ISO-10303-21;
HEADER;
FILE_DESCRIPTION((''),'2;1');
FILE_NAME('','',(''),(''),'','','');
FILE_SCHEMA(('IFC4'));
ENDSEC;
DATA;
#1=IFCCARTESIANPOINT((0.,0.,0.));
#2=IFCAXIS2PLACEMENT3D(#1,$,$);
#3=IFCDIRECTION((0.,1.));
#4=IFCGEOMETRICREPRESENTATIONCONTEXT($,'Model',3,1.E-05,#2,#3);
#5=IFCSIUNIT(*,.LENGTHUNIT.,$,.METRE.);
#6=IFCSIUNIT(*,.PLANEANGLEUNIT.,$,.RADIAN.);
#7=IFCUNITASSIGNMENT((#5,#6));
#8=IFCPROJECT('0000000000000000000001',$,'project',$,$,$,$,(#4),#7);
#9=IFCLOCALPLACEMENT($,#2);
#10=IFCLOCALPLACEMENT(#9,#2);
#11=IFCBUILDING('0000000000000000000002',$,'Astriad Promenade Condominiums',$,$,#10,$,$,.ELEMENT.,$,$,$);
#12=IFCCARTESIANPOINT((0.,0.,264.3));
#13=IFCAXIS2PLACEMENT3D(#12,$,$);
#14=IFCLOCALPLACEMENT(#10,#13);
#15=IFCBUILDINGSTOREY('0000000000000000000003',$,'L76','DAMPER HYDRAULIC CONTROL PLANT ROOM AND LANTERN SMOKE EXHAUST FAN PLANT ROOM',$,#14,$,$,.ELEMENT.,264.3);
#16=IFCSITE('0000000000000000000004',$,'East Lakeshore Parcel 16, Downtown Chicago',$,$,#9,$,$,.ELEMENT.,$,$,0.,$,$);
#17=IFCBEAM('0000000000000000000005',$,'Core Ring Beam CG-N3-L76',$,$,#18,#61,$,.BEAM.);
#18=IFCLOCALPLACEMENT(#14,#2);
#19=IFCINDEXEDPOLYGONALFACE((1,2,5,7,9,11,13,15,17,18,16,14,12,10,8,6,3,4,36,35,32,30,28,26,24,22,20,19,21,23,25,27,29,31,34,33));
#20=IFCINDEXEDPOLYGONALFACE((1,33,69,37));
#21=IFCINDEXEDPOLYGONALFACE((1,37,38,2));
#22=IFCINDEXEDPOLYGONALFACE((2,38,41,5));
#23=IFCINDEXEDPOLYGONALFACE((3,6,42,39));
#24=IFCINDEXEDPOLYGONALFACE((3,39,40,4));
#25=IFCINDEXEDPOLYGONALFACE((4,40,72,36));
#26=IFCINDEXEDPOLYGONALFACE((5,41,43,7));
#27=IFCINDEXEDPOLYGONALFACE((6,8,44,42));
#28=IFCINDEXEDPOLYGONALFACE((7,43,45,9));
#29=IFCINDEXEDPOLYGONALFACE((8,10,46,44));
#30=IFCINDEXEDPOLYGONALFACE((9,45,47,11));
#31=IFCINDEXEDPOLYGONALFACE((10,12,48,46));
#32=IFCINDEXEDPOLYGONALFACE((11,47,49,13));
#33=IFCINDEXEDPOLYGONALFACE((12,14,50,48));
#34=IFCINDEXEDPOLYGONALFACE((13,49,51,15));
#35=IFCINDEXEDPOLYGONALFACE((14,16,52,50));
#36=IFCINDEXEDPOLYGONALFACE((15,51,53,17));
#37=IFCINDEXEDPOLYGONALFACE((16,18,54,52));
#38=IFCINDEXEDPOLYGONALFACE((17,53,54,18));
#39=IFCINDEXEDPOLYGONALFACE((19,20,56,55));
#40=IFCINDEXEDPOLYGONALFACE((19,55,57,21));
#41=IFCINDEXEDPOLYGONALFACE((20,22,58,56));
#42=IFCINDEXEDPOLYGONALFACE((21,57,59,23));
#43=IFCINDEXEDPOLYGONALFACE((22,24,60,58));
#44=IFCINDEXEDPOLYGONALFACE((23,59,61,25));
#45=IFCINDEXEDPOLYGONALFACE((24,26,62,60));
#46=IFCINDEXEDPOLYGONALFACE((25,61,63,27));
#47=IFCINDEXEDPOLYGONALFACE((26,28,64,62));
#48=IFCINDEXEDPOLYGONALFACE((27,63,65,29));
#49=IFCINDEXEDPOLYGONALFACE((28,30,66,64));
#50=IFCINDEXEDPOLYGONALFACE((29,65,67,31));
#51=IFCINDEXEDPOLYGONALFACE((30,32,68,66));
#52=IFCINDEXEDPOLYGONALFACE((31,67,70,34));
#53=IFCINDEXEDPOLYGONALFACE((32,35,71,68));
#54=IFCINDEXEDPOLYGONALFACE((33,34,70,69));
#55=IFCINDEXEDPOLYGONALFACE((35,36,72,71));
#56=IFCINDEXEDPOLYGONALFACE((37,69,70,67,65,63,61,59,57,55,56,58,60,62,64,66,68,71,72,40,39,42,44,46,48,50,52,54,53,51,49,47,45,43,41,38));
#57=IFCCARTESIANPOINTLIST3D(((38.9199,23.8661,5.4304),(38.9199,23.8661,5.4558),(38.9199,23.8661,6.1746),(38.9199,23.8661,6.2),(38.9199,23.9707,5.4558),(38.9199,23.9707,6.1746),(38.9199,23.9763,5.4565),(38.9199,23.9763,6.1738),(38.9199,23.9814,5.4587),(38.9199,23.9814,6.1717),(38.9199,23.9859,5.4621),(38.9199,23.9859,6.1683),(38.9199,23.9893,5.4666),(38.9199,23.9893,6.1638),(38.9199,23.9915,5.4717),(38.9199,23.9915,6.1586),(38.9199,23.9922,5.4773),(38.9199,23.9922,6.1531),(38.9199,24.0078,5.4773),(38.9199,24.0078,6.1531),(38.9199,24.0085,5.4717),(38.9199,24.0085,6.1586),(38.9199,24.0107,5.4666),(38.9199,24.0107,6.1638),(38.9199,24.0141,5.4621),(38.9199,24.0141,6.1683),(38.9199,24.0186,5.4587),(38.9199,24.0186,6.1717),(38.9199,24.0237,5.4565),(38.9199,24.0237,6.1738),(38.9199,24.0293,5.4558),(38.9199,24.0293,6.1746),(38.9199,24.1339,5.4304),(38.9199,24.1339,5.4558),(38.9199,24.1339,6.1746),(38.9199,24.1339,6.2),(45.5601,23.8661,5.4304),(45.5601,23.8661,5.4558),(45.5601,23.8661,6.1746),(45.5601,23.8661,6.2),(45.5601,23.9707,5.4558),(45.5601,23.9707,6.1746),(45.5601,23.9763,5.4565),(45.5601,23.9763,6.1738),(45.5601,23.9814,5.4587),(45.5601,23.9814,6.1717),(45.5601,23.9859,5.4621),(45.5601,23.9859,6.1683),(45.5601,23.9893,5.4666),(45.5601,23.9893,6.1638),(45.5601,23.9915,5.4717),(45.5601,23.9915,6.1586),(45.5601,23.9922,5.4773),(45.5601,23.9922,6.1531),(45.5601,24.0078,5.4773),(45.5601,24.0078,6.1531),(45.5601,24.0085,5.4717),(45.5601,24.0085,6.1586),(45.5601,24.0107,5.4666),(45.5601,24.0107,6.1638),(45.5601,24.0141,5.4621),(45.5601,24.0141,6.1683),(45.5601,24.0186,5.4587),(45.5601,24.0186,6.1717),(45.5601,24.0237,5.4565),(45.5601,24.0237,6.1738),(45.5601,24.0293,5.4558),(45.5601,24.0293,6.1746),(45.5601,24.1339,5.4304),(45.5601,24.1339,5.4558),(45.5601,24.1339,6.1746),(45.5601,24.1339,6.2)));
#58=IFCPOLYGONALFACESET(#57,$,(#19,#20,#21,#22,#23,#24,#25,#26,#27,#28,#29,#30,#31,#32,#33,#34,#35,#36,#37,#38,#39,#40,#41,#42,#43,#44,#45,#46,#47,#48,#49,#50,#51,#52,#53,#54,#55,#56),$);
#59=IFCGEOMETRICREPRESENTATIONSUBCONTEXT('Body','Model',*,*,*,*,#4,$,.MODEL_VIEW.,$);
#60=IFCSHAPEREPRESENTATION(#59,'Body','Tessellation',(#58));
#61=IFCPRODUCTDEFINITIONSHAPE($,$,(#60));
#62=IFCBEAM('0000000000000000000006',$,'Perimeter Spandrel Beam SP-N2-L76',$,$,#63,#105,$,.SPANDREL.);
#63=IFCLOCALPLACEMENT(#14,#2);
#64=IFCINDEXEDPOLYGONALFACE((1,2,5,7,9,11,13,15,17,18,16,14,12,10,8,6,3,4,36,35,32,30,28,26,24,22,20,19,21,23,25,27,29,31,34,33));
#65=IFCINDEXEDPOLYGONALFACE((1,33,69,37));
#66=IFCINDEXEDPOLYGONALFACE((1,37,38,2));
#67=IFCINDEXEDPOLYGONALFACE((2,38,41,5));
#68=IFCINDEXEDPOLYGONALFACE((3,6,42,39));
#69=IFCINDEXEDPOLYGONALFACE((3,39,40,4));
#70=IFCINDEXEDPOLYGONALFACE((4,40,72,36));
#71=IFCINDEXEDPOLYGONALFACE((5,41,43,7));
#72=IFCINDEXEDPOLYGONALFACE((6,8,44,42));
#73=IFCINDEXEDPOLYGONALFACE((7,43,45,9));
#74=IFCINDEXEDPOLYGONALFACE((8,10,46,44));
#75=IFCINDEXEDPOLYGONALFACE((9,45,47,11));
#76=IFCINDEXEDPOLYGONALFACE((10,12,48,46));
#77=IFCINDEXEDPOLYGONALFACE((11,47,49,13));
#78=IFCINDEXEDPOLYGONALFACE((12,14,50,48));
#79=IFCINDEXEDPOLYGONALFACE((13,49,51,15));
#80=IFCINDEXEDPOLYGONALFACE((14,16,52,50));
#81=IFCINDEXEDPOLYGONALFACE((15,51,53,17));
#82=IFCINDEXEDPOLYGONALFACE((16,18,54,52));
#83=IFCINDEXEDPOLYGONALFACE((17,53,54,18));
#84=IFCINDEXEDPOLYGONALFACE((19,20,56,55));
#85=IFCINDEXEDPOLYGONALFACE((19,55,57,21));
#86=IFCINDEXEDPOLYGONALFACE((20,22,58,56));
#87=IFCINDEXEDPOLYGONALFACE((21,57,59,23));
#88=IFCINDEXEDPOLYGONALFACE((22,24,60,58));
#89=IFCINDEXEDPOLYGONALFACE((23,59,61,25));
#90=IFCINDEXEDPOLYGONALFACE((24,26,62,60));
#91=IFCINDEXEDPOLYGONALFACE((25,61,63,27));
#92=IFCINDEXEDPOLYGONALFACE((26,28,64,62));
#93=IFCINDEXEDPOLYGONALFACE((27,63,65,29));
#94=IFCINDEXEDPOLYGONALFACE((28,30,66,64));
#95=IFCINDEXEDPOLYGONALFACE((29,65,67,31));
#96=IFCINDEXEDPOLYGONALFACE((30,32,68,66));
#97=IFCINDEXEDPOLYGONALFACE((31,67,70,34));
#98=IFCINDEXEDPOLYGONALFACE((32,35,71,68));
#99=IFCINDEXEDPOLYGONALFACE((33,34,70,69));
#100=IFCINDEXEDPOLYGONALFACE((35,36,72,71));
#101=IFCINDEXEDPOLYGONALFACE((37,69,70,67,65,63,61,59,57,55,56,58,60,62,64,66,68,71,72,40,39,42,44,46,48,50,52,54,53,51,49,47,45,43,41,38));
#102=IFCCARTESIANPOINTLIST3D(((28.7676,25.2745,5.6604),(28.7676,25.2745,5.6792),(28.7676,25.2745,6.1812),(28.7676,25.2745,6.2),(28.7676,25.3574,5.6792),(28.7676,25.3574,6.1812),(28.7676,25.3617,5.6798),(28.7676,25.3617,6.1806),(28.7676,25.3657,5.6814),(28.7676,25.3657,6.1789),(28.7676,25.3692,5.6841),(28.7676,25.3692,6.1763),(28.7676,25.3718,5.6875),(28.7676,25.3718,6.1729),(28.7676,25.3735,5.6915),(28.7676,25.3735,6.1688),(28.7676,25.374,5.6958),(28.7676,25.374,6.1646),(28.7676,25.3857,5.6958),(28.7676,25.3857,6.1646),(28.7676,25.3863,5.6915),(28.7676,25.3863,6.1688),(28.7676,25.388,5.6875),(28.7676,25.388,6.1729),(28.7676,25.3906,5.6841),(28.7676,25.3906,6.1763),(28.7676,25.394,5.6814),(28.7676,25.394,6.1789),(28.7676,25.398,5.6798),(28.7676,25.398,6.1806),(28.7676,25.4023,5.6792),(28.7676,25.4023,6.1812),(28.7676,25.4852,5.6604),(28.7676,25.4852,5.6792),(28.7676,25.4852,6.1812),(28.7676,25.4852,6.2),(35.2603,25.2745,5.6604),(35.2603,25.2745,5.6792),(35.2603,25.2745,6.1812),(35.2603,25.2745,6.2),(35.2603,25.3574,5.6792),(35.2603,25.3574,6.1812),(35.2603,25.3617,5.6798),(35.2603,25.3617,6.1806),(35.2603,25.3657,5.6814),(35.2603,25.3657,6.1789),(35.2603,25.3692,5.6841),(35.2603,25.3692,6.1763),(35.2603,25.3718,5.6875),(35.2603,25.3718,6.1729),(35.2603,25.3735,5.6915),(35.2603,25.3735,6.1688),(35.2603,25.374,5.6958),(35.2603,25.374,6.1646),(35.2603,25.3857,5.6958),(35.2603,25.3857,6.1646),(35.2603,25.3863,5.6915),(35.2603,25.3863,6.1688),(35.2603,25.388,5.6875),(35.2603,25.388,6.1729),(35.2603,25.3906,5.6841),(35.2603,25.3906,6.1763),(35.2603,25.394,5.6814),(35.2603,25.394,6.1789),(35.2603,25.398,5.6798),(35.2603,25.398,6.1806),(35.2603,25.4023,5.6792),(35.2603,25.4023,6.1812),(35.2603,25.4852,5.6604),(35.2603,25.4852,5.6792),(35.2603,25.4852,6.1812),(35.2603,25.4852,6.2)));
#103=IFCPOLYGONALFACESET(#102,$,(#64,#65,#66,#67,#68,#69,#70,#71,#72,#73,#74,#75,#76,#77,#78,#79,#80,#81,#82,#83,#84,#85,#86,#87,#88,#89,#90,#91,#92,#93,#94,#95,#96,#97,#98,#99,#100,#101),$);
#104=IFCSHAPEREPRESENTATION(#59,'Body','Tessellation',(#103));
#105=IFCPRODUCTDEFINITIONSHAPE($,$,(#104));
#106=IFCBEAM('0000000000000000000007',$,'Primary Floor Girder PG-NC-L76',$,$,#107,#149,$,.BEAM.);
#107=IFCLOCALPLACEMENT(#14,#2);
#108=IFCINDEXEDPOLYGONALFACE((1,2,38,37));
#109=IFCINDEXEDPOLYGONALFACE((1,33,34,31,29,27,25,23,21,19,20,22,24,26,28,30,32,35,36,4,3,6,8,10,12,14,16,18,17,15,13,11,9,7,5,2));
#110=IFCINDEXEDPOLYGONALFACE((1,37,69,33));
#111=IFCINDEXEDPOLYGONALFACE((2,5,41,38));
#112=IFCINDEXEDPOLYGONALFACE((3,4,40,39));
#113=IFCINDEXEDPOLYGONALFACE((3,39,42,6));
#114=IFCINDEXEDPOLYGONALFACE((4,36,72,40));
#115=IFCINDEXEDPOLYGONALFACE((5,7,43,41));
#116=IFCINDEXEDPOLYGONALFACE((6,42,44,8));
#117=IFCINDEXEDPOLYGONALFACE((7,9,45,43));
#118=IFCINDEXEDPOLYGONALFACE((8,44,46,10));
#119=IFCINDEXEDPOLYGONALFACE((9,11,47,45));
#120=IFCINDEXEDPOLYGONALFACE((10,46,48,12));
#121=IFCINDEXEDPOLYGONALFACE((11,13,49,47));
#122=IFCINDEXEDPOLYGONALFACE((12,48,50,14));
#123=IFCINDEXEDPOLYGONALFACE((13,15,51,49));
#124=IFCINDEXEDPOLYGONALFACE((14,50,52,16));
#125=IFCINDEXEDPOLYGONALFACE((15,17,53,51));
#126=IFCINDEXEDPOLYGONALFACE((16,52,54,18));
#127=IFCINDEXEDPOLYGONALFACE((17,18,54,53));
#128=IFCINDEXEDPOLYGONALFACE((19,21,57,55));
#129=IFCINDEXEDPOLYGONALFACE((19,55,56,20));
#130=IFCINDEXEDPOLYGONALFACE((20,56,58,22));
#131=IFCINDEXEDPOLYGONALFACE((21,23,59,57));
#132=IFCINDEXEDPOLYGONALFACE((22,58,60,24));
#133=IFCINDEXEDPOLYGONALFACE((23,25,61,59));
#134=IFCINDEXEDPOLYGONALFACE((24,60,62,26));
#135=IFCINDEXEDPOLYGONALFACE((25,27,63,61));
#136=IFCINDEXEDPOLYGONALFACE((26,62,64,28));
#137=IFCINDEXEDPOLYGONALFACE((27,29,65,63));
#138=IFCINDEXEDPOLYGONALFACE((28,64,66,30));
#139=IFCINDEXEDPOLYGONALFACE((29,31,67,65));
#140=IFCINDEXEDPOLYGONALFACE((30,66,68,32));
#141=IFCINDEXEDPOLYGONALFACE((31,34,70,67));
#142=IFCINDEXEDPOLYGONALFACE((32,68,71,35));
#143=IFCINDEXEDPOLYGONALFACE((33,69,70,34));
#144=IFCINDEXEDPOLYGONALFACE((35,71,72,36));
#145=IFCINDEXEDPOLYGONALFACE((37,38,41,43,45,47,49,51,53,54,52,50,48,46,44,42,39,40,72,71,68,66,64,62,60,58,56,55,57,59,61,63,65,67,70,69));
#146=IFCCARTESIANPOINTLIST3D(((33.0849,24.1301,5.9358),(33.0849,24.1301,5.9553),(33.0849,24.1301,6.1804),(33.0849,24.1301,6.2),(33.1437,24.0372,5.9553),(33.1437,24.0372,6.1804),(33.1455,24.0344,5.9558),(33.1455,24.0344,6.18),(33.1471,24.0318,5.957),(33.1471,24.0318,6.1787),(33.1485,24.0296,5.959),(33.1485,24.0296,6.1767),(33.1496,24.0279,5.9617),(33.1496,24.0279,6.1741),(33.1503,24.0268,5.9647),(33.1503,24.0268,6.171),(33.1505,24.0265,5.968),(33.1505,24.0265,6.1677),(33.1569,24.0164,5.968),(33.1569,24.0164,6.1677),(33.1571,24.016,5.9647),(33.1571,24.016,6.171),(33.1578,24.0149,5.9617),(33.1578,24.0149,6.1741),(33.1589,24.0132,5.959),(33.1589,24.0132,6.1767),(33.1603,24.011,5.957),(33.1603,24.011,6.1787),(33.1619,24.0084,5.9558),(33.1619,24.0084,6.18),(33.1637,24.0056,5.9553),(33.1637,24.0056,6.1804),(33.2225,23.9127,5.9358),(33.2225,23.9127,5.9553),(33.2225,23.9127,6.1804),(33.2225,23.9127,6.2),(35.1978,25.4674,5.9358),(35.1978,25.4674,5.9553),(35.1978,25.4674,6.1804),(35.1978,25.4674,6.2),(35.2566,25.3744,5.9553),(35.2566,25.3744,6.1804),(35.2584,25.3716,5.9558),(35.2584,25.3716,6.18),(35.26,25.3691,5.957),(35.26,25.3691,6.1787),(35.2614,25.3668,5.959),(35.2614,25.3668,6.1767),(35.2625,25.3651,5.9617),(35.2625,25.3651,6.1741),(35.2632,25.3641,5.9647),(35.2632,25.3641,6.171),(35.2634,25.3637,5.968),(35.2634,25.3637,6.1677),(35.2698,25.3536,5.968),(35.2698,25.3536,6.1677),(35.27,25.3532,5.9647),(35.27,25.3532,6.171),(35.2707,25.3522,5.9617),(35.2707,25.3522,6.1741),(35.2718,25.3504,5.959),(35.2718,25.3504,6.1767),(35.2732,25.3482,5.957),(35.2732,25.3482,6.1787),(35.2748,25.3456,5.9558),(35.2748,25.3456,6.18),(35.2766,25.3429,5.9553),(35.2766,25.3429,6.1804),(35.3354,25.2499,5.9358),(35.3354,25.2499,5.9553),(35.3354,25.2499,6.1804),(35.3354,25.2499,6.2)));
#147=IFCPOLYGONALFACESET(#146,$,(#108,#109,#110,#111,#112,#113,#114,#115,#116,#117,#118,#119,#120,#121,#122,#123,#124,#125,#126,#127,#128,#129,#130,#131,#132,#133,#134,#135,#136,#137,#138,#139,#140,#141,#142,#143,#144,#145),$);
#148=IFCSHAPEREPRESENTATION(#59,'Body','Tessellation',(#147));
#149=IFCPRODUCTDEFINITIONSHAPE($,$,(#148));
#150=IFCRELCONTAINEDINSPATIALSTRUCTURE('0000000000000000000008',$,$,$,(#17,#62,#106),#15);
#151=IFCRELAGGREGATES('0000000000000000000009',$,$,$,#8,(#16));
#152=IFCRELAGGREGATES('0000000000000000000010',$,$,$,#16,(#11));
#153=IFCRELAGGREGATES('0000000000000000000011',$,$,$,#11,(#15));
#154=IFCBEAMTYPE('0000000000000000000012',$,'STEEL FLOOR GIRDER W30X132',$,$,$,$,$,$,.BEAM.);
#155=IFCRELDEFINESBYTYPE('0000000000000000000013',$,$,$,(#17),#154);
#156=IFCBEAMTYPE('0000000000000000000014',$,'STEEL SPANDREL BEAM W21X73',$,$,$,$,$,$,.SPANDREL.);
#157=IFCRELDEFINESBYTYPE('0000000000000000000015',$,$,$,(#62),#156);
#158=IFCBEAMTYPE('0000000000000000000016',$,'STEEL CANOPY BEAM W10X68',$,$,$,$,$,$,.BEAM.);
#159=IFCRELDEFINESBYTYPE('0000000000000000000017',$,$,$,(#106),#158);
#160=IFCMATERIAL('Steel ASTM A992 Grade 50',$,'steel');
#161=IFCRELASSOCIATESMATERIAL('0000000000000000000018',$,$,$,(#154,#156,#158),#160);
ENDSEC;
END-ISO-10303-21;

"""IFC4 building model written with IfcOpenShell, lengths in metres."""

from ifc_helpers import new_model, si_unit, direction, frame, origin, origin_2d, place, context, subcontext, project, spatial, i_section, extrude, source, transform, mapped, material, material_profile, profile_set, type_object, type_shapes, element, save


model = new_model("IFC4")

# Units and contexts
model_context = context("Model", 3, precision=1e-05, world=origin(), true_north=direction((0.0, 1.0)))
body_context = subcontext(model_context, "Body", "Model", "MODEL_VIEW")
ifc_project = project(units=[si_unit("LENGTHUNIT", "METRE"), si_unit("PLANEANGLEUNIT", "RADIAN")], contexts=[model_context])

# Site, building, storey
site_placement = place(None, origin())
site = spatial("IfcSite", under=ifc_project, at=site_placement, Name="East Lakeshore Parcel 16, Downtown Chicago", CompositionType="ELEMENT", RefElevation=0.0)
building_placement = place(site_placement, origin())
building = spatial("IfcBuilding", under=site, at=building_placement, Name="Astriad Promenade Condominiums", CompositionType="ELEMENT")
storey_placement = place(building_placement, frame((0.0, 0.0, 264.3)))
storey = spatial("IfcBuildingStorey", under=building, at=storey_placement, Name="L76", Description="DAMPER HYDRAULIC CONTROL PLANT ROOM AND LANTERN SMOKE EXHAUST FAN PLANT ROOM", CompositionType="ELEMENT", Elevation=264.3)

# Shared definitions
ifc_material_1 = material(Name="Steel ASTM A992 Grade 50", Category="steel")

# Beams
ifc_material_profile_1 = material_profile(ifc_material_1, i_section(OverallWidth=0.2678, OverallDepth=0.7695, WebThickness=0.0156, FlangeThickness=0.0254, FilletRadius=0.0215, at=origin_2d()), Name="W30X132")
ifc_profile_set_1 = profile_set([ifc_material_profile_1], Name="Steel ASTM A992 Grade 50")
beam_type_1 = type_object("IfcBeamType", Name="STEEL FLOOR GIRDER W30X132", PredefinedType="BEAM", material=ifc_profile_set_1)
shared_shape_1 = source(origin(), body_context, "Body", "SweptSolid", [
    extrude(i_section(OverallWidth=0.2678, OverallDepth=0.7695, WebThickness=0.0156, FlangeThickness=0.0254, FilletRadius=0.0215, at=origin_2d()), origin(), (0.0, 0.0, 1.0), 6.6401),
])
type_shapes(beam_type_1, [shared_shape_1])
beam_1_placement = place(storey_placement, frame((38.9199, 24.0, 5.8152), z_axis=(1.0, 0.0, 0.0), x_axis=(0.0, 1.0, 0.0)))
element("IfcBeam", 1, at=beam_1_placement, inside=storey, type_object=beam_type_1, Name="Core Ring Beam CG-N3-L76", PredefinedType="BEAM", context=body_context, shape_type="MappedRepresentation", body=[
    mapped(shared_shape_1, transform((0.0, 0.0, 0.0), scale=1.0)),
])
ifc_material_profile_2 = material_profile(ifc_material_1, i_section(OverallWidth=0.2107, OverallDepth=0.5396, WebThickness=0.0117, FlangeThickness=0.0188, FilletRadius=0.0166, at=origin_2d()), Name="W21X73")
ifc_profile_set_2 = profile_set([ifc_material_profile_2], Name="Steel ASTM A992 Grade 50")
beam_type_2 = type_object("IfcBeamType", Name="STEEL SPANDREL BEAM W21X73", PredefinedType="SPANDREL", material=ifc_profile_set_2)
shared_shape_2 = source(origin(), body_context, "Body", "SweptSolid", [
    extrude(i_section(OverallWidth=0.2107, OverallDepth=0.5396, WebThickness=0.0117, FlangeThickness=0.0188, FilletRadius=0.0166, at=origin_2d()), origin(), (0.0, 0.0, 1.0), 6.4927),
])
type_shapes(beam_type_2, [shared_shape_2])
beam_2_placement = place(storey_placement, frame((35.2603, 25.3799, 5.9302), z_axis=(-1.0, 0.0, 0.0), x_axis=(0.0, -1.0, 0.0)))
element("IfcBeam", 2, at=beam_2_placement, inside=storey, type_object=beam_type_2, Name="Perimeter Spandrel Beam SP-N2-L76", PredefinedType="SPANDREL", context=body_context, shape_type="MappedRepresentation", body=[
    mapped(shared_shape_2, transform((0.0, 0.0, 0.0), scale=1.0)),
])
ifc_material_profile_3 = material_profile(ifc_material_1, i_section(OverallWidth=0.2573, OverallDepth=0.2642, WebThickness=0.012, FlangeThickness=0.0195, FilletRadius=0.0127, at=origin_2d()), Name="W10X68")
ifc_profile_set_3 = profile_set([ifc_material_profile_3], Name="Steel ASTM A992 Grade 50")
beam_type_3 = type_object("IfcBeamType", Name="STEEL CANOPY BEAM W10X68", PredefinedType="BEAM", material=ifc_profile_set_3)
shared_shape_3 = source(origin(), body_context, "Body", "SweptSolid", [
    extrude(i_section(OverallWidth=0.2573, OverallDepth=0.2642, WebThickness=0.012, FlangeThickness=0.0195, FilletRadius=0.0127, at=origin_2d()), origin(), (0.0, 0.0, 1.0), 2.5005),
])
type_shapes(beam_type_3, [shared_shape_3])
beam_3_placement = place(storey_placement, frame((35.2666, 25.3586, 6.0679), z_axis=(-0.84499, -0.534783, 0.0), x_axis=(0.534783, -0.84499, 0.0)))
element("IfcBeam", 3, at=beam_3_placement, inside=storey, type_object=beam_type_3, Name="Primary Floor Girder PG-NC-L76", PredefinedType="BEAM", context=body_context, shape_type="MappedRepresentation", body=[
    mapped(shared_shape_3, transform((0.0, 0.0, 0.0), scale=1.0)),
])

save(model, "model.ifc")
